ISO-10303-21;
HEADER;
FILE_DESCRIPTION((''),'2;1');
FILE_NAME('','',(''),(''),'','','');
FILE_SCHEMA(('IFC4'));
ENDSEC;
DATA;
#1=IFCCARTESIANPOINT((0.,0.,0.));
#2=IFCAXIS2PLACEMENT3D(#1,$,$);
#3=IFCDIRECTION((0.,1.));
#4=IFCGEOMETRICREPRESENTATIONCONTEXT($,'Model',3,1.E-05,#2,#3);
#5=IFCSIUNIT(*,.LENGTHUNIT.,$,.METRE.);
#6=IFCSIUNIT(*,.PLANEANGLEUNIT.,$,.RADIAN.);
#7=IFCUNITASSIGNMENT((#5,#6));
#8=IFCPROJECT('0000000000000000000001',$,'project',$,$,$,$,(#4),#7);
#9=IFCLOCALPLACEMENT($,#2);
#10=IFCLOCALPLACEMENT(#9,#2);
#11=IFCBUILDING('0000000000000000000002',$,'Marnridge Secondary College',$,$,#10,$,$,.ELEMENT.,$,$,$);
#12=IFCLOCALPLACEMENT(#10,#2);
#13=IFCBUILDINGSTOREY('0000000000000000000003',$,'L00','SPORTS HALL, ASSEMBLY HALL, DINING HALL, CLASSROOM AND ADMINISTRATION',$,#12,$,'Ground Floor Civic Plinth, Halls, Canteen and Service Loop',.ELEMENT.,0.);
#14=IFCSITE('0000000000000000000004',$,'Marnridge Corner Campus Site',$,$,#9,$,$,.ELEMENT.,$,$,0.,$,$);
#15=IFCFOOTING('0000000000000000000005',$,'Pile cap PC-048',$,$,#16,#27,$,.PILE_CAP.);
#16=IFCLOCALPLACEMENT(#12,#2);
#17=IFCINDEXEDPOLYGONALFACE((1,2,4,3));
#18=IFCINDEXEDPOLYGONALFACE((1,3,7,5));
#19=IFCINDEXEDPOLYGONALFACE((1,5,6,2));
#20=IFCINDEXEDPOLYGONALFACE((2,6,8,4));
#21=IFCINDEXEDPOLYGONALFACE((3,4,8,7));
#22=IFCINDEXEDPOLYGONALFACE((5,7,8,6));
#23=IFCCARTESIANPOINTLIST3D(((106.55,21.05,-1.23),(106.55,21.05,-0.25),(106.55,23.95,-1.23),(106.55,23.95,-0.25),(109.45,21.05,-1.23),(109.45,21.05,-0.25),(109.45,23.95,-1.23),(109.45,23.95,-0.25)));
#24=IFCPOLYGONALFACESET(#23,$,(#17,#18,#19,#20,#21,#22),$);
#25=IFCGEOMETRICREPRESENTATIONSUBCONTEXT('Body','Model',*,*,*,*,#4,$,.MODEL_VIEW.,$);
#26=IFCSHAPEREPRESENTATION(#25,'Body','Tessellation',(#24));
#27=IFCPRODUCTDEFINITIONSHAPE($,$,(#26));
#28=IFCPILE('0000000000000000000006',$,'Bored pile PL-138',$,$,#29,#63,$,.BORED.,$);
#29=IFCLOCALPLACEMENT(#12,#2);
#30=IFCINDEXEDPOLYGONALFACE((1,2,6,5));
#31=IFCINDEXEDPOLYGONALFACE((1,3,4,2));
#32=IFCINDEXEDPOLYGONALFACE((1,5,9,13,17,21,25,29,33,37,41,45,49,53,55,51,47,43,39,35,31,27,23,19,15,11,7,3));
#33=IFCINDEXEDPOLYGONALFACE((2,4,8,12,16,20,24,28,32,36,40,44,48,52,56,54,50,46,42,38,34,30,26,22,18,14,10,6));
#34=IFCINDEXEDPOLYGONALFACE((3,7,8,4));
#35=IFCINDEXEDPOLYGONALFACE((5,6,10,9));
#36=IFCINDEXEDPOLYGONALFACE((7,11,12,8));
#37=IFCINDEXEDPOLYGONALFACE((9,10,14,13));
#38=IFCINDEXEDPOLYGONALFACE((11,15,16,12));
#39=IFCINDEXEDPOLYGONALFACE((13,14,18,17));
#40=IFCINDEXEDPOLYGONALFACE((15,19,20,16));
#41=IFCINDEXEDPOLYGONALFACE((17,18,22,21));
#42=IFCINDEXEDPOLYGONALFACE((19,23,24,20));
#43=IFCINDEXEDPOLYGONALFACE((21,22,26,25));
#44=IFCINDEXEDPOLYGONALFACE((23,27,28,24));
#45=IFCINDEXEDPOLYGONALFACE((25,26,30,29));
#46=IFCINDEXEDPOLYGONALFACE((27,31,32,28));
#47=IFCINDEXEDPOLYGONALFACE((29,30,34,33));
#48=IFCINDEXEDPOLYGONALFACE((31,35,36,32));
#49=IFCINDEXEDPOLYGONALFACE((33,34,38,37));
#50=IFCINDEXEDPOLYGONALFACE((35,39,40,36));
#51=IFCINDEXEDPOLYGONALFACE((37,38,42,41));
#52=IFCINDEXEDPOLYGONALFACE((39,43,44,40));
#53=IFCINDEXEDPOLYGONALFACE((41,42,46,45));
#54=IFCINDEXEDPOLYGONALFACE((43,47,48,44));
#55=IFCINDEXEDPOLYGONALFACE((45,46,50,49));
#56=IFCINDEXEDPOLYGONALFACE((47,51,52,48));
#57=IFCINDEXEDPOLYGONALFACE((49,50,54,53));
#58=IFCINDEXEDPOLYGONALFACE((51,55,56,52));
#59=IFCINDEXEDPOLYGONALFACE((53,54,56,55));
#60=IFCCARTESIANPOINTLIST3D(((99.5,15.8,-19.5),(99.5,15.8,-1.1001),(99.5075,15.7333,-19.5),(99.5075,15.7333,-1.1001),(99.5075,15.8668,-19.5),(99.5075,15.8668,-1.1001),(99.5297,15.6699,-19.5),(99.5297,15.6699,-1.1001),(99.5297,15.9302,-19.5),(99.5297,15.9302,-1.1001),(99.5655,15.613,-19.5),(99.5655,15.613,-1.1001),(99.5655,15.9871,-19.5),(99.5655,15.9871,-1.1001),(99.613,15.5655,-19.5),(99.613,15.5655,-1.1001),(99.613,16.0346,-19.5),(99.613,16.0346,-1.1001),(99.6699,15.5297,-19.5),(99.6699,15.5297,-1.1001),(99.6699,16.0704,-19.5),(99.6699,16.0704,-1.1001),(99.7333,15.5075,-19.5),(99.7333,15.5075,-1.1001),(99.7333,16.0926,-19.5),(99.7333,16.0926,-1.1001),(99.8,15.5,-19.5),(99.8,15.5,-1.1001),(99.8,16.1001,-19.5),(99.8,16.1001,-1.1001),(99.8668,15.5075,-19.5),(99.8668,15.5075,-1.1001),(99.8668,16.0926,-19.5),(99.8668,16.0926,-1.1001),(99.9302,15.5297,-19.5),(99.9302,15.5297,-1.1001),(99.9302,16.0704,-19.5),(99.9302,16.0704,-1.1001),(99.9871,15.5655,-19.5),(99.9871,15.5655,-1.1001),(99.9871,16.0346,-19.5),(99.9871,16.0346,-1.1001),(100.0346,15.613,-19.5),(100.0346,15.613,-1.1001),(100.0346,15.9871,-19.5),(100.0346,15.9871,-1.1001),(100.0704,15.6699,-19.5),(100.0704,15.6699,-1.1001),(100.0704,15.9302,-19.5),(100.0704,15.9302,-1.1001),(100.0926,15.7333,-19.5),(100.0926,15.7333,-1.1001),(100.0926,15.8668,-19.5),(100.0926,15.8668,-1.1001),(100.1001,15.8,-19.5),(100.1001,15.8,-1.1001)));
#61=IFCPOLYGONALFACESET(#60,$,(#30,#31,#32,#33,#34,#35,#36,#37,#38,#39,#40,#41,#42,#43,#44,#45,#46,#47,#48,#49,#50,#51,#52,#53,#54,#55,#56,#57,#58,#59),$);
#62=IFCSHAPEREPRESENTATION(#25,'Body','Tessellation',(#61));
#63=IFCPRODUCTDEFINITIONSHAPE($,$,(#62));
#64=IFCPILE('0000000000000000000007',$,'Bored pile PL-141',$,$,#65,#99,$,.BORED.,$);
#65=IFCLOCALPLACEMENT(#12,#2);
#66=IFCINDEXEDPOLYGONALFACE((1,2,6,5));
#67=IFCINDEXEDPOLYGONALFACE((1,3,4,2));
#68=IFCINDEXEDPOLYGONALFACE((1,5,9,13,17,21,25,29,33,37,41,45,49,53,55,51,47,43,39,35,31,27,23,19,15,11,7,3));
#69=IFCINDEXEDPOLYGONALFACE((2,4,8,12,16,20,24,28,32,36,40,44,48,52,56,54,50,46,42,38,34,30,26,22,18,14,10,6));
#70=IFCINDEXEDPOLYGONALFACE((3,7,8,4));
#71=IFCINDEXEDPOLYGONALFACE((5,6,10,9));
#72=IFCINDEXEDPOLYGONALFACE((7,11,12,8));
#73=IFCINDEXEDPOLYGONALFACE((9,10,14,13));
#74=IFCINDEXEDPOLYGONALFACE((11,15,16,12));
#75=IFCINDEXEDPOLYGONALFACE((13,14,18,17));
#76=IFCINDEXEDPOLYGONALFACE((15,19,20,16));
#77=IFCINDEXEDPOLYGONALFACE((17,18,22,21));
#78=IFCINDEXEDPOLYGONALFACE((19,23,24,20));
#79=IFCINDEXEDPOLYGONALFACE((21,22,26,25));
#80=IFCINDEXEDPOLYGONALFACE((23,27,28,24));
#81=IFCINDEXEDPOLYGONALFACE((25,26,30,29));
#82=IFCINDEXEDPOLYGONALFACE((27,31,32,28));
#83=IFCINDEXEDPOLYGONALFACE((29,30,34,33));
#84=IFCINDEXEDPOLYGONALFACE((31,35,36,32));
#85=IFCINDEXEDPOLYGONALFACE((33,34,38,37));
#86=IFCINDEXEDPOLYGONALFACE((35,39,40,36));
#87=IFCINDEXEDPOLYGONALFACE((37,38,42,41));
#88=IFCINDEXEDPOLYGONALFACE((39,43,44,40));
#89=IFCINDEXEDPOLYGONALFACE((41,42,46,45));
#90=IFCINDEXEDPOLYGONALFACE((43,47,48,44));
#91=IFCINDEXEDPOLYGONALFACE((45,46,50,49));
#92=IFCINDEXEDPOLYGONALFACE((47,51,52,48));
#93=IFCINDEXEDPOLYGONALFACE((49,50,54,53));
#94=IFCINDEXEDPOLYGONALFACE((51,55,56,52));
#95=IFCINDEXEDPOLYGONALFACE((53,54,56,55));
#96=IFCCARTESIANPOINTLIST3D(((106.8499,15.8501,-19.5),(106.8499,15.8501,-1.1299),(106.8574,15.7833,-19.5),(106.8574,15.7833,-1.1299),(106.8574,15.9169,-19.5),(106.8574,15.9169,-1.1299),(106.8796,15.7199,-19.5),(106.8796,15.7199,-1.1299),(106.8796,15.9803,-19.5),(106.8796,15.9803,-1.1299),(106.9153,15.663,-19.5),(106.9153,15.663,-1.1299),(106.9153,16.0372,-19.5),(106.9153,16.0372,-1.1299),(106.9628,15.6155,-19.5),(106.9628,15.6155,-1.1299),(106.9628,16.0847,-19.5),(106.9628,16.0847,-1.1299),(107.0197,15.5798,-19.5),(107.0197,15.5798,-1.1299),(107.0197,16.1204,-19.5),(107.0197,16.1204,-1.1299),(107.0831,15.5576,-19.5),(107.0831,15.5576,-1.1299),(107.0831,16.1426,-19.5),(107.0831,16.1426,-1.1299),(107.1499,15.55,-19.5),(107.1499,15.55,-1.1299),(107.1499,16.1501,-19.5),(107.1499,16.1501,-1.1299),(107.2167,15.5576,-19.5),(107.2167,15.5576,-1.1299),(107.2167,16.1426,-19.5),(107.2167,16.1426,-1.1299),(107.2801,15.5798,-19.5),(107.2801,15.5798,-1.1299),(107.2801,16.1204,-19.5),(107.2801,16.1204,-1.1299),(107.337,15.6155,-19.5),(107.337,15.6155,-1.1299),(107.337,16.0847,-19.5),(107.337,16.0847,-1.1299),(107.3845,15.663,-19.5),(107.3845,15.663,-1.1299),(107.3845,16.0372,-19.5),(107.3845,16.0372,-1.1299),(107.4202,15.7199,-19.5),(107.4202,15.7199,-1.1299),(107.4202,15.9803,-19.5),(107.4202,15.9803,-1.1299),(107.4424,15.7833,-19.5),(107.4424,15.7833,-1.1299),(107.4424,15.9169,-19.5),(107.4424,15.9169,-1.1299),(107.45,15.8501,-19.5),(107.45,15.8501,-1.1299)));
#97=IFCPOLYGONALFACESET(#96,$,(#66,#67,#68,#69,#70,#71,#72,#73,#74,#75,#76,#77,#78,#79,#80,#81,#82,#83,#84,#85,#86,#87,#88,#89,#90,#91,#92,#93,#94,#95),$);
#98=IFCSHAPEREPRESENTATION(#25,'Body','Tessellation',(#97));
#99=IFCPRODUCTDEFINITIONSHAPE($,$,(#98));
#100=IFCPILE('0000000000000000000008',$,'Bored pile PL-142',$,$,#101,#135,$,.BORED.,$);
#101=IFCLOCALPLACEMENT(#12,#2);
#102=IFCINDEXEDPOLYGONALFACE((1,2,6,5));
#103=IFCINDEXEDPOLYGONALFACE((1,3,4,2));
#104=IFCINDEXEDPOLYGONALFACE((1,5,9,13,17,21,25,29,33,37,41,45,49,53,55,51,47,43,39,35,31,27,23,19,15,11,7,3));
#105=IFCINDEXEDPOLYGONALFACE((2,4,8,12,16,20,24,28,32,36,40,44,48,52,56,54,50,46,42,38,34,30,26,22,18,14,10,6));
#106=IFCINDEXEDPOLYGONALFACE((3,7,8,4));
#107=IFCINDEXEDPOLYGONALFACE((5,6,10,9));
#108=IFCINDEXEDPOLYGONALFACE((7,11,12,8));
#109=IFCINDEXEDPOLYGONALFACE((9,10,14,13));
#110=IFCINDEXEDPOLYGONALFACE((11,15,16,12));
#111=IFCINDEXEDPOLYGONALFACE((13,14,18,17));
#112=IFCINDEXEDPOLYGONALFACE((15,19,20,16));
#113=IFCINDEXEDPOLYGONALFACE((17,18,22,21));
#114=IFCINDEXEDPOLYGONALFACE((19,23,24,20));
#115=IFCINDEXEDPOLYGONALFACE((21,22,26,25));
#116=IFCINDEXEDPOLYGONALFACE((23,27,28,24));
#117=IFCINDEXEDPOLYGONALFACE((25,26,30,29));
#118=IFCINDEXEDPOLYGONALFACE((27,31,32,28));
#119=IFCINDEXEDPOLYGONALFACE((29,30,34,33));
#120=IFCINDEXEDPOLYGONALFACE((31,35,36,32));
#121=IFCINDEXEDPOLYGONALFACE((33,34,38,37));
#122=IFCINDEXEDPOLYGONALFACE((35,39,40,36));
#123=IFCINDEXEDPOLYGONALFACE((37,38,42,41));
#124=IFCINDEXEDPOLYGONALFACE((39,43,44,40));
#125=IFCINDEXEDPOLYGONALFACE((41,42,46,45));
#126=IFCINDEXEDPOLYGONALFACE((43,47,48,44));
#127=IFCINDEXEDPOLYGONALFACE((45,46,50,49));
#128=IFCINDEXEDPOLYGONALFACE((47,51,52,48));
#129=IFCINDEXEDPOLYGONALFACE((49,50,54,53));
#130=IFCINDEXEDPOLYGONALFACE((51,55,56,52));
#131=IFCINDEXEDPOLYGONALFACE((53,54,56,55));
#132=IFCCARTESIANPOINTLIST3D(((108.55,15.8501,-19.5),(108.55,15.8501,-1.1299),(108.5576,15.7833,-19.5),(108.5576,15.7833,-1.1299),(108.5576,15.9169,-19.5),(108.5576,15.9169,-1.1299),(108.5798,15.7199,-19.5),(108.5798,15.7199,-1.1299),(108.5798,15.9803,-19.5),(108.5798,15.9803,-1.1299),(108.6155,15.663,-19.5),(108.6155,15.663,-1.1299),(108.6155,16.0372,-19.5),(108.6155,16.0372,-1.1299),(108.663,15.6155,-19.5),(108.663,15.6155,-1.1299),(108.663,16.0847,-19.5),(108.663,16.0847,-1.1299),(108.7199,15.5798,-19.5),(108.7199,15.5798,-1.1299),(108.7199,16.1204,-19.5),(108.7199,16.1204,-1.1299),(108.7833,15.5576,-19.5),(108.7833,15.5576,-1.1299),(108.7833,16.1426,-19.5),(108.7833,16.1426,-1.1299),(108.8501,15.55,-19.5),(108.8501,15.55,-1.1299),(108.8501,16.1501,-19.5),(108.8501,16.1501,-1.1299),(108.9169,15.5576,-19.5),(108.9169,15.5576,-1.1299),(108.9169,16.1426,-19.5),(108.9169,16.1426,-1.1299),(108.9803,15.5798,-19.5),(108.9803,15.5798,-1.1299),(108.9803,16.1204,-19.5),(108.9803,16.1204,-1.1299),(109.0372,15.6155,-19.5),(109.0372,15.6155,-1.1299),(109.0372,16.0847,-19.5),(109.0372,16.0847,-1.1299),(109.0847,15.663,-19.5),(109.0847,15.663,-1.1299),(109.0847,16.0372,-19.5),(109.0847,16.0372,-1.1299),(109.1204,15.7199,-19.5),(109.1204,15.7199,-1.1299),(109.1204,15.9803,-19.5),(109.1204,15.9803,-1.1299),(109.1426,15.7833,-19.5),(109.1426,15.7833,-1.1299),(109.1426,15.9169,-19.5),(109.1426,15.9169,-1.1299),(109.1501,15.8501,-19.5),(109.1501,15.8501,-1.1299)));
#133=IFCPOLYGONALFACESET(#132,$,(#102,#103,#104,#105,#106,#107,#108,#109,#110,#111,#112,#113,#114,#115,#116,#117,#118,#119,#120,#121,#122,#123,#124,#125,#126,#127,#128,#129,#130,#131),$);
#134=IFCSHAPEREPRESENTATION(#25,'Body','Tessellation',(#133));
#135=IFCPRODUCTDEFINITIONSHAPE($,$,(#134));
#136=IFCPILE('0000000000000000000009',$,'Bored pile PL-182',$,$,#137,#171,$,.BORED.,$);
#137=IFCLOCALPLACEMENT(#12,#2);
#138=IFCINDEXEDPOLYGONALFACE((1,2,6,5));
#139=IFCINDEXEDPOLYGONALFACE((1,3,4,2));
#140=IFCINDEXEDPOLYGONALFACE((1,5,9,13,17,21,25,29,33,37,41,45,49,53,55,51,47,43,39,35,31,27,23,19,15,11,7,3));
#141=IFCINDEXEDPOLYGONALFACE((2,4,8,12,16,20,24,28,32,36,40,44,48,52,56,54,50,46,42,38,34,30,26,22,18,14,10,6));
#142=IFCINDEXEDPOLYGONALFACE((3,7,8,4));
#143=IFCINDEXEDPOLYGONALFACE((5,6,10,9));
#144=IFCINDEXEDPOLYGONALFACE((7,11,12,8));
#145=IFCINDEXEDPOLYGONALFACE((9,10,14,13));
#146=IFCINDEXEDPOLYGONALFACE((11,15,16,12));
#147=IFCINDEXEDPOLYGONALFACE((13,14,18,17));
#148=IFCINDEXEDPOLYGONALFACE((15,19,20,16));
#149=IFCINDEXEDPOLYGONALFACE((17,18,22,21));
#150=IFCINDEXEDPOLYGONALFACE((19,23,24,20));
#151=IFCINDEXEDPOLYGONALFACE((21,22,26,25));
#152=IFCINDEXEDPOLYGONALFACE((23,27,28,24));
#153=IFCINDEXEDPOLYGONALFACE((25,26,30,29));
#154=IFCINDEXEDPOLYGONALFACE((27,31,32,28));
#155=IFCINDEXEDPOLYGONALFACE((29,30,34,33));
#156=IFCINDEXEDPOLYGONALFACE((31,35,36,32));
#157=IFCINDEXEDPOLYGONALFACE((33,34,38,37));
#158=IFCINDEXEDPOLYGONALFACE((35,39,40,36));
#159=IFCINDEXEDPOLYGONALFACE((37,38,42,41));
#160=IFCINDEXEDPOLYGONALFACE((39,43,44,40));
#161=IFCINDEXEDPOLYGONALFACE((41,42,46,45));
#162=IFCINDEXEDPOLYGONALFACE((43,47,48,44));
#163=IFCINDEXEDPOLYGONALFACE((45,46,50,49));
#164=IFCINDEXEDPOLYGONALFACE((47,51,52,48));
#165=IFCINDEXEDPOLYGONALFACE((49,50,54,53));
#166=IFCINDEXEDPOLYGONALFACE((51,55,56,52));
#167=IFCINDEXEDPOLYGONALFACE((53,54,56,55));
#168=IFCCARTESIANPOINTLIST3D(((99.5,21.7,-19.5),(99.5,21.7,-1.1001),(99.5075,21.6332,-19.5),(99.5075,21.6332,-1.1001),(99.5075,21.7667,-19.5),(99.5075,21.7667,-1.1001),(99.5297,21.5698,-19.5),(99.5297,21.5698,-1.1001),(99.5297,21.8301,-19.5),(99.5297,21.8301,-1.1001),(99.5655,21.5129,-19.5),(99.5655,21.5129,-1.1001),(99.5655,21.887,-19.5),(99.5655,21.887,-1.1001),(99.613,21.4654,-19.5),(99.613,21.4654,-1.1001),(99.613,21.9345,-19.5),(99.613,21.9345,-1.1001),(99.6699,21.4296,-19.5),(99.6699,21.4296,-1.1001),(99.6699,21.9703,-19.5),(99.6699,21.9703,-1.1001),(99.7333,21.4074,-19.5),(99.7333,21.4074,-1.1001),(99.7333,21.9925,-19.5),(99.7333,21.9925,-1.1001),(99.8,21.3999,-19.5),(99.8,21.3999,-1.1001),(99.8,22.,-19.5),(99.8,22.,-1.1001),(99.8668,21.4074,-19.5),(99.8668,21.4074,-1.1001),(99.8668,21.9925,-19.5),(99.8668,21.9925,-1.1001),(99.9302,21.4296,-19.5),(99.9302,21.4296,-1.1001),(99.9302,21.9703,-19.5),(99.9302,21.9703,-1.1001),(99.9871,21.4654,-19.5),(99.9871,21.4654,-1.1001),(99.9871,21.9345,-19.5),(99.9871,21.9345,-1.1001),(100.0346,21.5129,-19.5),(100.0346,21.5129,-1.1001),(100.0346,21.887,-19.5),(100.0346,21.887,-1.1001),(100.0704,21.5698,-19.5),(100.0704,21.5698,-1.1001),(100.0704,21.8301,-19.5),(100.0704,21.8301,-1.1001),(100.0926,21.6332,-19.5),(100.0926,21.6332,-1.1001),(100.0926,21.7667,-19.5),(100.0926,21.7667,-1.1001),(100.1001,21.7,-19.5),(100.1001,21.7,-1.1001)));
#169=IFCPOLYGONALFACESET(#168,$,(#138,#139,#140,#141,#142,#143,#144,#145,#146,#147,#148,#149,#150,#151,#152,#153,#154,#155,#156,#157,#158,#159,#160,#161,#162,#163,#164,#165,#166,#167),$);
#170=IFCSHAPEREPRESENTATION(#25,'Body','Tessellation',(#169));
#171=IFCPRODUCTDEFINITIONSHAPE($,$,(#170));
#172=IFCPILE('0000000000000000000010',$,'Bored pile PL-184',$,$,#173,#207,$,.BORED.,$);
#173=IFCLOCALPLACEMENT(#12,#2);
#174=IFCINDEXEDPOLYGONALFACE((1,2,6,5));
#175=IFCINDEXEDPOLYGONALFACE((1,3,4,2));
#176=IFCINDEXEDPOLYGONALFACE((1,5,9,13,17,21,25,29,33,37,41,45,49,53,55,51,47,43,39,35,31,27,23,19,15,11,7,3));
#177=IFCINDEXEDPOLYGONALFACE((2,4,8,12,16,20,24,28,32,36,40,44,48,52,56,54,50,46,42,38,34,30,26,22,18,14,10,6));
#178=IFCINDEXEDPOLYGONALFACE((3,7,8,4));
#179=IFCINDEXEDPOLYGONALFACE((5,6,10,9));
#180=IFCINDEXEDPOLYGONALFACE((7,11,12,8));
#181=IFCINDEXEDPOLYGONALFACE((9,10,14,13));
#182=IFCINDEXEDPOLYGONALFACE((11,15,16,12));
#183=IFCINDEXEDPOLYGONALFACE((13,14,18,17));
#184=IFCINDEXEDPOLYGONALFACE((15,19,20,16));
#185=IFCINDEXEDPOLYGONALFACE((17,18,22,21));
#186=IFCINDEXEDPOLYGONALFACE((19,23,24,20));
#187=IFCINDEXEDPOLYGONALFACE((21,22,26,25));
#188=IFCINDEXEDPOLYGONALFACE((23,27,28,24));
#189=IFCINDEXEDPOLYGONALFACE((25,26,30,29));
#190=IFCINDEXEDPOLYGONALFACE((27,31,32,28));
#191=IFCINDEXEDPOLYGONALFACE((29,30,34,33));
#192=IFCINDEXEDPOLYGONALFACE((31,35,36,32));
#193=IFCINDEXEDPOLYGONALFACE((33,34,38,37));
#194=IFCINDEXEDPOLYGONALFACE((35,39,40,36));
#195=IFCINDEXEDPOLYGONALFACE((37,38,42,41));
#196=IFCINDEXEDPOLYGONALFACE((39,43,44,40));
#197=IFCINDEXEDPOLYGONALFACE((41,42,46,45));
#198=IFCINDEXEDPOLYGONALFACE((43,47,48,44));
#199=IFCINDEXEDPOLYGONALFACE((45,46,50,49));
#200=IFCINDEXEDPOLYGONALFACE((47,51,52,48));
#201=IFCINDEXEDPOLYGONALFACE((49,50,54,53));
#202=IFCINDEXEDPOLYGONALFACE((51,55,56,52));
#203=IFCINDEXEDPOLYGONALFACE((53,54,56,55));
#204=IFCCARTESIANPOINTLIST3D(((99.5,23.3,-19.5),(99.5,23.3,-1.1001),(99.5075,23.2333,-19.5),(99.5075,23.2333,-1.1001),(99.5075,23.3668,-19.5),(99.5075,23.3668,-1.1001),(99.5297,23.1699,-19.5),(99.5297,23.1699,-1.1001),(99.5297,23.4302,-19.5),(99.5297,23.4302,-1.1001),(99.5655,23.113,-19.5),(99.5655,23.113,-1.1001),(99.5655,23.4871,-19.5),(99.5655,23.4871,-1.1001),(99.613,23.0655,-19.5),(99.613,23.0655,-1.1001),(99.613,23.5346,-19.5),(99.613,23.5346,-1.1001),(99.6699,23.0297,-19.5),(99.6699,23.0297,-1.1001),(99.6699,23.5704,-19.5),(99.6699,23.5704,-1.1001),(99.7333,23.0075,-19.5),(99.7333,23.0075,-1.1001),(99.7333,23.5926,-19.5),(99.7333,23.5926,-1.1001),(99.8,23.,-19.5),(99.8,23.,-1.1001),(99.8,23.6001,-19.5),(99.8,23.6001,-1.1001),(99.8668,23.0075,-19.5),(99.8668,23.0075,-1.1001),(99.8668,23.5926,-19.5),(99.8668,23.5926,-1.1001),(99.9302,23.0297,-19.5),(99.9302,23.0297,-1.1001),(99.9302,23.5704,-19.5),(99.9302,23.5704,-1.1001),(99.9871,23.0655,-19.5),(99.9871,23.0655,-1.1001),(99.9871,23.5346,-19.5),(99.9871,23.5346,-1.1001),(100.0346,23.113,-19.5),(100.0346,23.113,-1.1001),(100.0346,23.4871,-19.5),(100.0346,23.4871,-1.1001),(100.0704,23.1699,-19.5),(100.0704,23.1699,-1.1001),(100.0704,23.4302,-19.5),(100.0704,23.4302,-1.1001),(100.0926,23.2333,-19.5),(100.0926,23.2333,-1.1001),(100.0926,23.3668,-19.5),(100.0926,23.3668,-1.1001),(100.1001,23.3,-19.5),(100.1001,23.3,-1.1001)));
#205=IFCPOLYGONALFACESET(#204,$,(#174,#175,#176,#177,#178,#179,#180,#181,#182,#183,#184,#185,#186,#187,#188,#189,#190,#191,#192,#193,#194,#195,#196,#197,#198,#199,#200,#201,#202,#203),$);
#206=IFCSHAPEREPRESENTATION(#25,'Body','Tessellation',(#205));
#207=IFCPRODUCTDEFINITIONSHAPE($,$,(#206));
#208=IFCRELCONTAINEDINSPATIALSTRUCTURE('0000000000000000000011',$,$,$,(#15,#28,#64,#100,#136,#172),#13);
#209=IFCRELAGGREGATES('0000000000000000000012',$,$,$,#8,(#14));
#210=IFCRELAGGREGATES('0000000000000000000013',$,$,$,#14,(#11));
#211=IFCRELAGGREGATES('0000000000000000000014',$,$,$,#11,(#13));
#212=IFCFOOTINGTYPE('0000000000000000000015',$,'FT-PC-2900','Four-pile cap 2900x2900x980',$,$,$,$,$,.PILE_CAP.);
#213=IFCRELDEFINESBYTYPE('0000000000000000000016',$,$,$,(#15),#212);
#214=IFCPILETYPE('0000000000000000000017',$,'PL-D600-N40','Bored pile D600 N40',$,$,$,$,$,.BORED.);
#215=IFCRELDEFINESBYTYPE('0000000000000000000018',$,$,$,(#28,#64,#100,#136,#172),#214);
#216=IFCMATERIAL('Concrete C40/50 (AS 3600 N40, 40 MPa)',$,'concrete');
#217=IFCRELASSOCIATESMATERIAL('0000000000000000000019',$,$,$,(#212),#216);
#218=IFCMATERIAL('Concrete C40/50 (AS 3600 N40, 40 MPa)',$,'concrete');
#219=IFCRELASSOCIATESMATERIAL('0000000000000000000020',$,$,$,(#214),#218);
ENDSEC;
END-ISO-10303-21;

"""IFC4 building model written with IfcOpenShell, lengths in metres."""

from ifc_helpers import new_model, si_unit, direction, frame, origin, origin_2d, place, context, subcontext, project, spatial, rectangle, circle, extrude, material, material_profile, profile_set, type_object, element, save


model = new_model("IFC4")

# Units and contexts
model_context = context("Model", 3, precision=1e-05, world=origin(), true_north=direction((0.0, 1.0)))
body_context = subcontext(model_context, "Body", "Model", "MODEL_VIEW")
ifc_project = project(units=[si_unit("LENGTHUNIT", "METRE"), si_unit("PLANEANGLEUNIT", "RADIAN")], contexts=[model_context])

# Site, building, storey
site_placement = place(None, origin())
site = spatial("IfcSite", under=ifc_project, at=site_placement, Name="Marnridge Corner Campus Site", CompositionType="ELEMENT", RefElevation=0.0)
building_placement = place(site_placement, origin())
building = spatial("IfcBuilding", under=site, at=building_placement, Name="Marnridge Secondary College", CompositionType="ELEMENT")
storey_placement = place(building_placement, origin())
storey = spatial("IfcBuildingStorey", under=building, at=storey_placement, Name="L00", Description="SPORTS HALL, ASSEMBLY HALL, DINING HALL, CLASSROOM AND ADMINISTRATION", LongName="Ground Floor Civic Plinth, Halls, Canteen and Service Loop", CompositionType="ELEMENT", Elevation=0.0)

# Footing
ifc_material_1 = material(Name="Concrete C40/50 (AS 3600 N40, 40 MPa)", Category="concrete")
footing_type = type_object("IfcFootingType", Name="FT-PC-2900", Description="Four-pile cap 2900x2900x980", PredefinedType="PILE_CAP", material=ifc_material_1)
footing_placement = place(storey_placement, frame((108.0, 22.5, -1.23), z_axis=(0.0, 0.0, 1.0), x_axis=(1.0, 0.0, 0.0)))
element("IfcFooting", 1, at=footing_placement, inside=storey, type_object=footing_type, Name="Pile cap PC-048", PredefinedType="PILE_CAP", context=body_context, shape_type="SweptSolid", body=[
    extrude(rectangle(XDim=2.8999, YDim=2.8999, at=origin_2d()), origin(), (0.0, 0.0, 1.0), 0.98),
])

# Piles
ifc_material_2 = material(Name="Concrete C40/50 (AS 3600 N40, 40 MPa)", Category="concrete")
ifc_material_profile_1 = material_profile(ifc_material_2, circle(Radius=0.3, at=origin_2d()), Name="PILE D600")
ifc_profile_set_1 = profile_set([ifc_material_profile_1], Name="Concrete C40/50 (AS 3600 N40, 40 MPa)")
pile_type = type_object("IfcPileType", Name="PL-D600-N40", Description="Bored pile D600 N40", PredefinedType="BORED", material=ifc_profile_set_1)
pile_placement = place(storey_placement, frame((99.8, 15.8, -1.1001), z_axis=(0.0, 0.0, -1.0), x_axis=(1.0, 0.0, 0.0)))
element("IfcPile", 2, at=pile_placement, inside=storey, type_object=pile_type, Name="Bored pile PL-138", PredefinedType="BORED", context=body_context, shape_type="SweptSolid", body=[
    extrude(circle(Radius=0.3, at=origin_2d()), origin(), (0.0, 0.0, 1.0), 18.3999),
])
for number, where, z_axis, x_axis, name in (
    (3, (107.1499, 15.8501, -1.1299), (0.0, 0.0, -1.0), (1.0, 0.0, 0.0), "Bored pile PL-141"),
    (4, (108.8501, 15.8501, -1.1299), (0.0, 0.0, -1.0), (1.0, 0.0, 0.0), "Bored pile PL-142"),
):
    element("IfcPile", number, at=place(storey_placement, frame(where, z_axis=z_axis, x_axis=x_axis)), inside=storey, type_object=pile_type, Name=name, PredefinedType="BORED", context=body_context, shape_type="SweptSolid", body=[
        extrude(circle(Radius=0.3, at=origin_2d()), origin(), (0.0, 0.0, 1.0), 18.3701),
    ])
for number, where, z_axis, x_axis, name in (
    (5, (99.8, 21.7, -1.1001), (0.0, 0.0, -1.0), (1.0, 0.0, 0.0), "Bored pile PL-182"),
    (6, (99.8, 23.3, -1.1001), (0.0, 0.0, -1.0), (1.0, 0.0, 0.0), "Bored pile PL-184"),
):
    element("IfcPile", number, at=place(storey_placement, frame(where, z_axis=z_axis, x_axis=x_axis)), inside=storey, type_object=pile_type, Name=name, PredefinedType="BORED", context=body_context, shape_type="SweptSolid", body=[
        extrude(circle(Radius=0.3, at=origin_2d()), origin(), (0.0, 0.0, 1.0), 18.3999),
    ])

save(model, "model.ifc")
